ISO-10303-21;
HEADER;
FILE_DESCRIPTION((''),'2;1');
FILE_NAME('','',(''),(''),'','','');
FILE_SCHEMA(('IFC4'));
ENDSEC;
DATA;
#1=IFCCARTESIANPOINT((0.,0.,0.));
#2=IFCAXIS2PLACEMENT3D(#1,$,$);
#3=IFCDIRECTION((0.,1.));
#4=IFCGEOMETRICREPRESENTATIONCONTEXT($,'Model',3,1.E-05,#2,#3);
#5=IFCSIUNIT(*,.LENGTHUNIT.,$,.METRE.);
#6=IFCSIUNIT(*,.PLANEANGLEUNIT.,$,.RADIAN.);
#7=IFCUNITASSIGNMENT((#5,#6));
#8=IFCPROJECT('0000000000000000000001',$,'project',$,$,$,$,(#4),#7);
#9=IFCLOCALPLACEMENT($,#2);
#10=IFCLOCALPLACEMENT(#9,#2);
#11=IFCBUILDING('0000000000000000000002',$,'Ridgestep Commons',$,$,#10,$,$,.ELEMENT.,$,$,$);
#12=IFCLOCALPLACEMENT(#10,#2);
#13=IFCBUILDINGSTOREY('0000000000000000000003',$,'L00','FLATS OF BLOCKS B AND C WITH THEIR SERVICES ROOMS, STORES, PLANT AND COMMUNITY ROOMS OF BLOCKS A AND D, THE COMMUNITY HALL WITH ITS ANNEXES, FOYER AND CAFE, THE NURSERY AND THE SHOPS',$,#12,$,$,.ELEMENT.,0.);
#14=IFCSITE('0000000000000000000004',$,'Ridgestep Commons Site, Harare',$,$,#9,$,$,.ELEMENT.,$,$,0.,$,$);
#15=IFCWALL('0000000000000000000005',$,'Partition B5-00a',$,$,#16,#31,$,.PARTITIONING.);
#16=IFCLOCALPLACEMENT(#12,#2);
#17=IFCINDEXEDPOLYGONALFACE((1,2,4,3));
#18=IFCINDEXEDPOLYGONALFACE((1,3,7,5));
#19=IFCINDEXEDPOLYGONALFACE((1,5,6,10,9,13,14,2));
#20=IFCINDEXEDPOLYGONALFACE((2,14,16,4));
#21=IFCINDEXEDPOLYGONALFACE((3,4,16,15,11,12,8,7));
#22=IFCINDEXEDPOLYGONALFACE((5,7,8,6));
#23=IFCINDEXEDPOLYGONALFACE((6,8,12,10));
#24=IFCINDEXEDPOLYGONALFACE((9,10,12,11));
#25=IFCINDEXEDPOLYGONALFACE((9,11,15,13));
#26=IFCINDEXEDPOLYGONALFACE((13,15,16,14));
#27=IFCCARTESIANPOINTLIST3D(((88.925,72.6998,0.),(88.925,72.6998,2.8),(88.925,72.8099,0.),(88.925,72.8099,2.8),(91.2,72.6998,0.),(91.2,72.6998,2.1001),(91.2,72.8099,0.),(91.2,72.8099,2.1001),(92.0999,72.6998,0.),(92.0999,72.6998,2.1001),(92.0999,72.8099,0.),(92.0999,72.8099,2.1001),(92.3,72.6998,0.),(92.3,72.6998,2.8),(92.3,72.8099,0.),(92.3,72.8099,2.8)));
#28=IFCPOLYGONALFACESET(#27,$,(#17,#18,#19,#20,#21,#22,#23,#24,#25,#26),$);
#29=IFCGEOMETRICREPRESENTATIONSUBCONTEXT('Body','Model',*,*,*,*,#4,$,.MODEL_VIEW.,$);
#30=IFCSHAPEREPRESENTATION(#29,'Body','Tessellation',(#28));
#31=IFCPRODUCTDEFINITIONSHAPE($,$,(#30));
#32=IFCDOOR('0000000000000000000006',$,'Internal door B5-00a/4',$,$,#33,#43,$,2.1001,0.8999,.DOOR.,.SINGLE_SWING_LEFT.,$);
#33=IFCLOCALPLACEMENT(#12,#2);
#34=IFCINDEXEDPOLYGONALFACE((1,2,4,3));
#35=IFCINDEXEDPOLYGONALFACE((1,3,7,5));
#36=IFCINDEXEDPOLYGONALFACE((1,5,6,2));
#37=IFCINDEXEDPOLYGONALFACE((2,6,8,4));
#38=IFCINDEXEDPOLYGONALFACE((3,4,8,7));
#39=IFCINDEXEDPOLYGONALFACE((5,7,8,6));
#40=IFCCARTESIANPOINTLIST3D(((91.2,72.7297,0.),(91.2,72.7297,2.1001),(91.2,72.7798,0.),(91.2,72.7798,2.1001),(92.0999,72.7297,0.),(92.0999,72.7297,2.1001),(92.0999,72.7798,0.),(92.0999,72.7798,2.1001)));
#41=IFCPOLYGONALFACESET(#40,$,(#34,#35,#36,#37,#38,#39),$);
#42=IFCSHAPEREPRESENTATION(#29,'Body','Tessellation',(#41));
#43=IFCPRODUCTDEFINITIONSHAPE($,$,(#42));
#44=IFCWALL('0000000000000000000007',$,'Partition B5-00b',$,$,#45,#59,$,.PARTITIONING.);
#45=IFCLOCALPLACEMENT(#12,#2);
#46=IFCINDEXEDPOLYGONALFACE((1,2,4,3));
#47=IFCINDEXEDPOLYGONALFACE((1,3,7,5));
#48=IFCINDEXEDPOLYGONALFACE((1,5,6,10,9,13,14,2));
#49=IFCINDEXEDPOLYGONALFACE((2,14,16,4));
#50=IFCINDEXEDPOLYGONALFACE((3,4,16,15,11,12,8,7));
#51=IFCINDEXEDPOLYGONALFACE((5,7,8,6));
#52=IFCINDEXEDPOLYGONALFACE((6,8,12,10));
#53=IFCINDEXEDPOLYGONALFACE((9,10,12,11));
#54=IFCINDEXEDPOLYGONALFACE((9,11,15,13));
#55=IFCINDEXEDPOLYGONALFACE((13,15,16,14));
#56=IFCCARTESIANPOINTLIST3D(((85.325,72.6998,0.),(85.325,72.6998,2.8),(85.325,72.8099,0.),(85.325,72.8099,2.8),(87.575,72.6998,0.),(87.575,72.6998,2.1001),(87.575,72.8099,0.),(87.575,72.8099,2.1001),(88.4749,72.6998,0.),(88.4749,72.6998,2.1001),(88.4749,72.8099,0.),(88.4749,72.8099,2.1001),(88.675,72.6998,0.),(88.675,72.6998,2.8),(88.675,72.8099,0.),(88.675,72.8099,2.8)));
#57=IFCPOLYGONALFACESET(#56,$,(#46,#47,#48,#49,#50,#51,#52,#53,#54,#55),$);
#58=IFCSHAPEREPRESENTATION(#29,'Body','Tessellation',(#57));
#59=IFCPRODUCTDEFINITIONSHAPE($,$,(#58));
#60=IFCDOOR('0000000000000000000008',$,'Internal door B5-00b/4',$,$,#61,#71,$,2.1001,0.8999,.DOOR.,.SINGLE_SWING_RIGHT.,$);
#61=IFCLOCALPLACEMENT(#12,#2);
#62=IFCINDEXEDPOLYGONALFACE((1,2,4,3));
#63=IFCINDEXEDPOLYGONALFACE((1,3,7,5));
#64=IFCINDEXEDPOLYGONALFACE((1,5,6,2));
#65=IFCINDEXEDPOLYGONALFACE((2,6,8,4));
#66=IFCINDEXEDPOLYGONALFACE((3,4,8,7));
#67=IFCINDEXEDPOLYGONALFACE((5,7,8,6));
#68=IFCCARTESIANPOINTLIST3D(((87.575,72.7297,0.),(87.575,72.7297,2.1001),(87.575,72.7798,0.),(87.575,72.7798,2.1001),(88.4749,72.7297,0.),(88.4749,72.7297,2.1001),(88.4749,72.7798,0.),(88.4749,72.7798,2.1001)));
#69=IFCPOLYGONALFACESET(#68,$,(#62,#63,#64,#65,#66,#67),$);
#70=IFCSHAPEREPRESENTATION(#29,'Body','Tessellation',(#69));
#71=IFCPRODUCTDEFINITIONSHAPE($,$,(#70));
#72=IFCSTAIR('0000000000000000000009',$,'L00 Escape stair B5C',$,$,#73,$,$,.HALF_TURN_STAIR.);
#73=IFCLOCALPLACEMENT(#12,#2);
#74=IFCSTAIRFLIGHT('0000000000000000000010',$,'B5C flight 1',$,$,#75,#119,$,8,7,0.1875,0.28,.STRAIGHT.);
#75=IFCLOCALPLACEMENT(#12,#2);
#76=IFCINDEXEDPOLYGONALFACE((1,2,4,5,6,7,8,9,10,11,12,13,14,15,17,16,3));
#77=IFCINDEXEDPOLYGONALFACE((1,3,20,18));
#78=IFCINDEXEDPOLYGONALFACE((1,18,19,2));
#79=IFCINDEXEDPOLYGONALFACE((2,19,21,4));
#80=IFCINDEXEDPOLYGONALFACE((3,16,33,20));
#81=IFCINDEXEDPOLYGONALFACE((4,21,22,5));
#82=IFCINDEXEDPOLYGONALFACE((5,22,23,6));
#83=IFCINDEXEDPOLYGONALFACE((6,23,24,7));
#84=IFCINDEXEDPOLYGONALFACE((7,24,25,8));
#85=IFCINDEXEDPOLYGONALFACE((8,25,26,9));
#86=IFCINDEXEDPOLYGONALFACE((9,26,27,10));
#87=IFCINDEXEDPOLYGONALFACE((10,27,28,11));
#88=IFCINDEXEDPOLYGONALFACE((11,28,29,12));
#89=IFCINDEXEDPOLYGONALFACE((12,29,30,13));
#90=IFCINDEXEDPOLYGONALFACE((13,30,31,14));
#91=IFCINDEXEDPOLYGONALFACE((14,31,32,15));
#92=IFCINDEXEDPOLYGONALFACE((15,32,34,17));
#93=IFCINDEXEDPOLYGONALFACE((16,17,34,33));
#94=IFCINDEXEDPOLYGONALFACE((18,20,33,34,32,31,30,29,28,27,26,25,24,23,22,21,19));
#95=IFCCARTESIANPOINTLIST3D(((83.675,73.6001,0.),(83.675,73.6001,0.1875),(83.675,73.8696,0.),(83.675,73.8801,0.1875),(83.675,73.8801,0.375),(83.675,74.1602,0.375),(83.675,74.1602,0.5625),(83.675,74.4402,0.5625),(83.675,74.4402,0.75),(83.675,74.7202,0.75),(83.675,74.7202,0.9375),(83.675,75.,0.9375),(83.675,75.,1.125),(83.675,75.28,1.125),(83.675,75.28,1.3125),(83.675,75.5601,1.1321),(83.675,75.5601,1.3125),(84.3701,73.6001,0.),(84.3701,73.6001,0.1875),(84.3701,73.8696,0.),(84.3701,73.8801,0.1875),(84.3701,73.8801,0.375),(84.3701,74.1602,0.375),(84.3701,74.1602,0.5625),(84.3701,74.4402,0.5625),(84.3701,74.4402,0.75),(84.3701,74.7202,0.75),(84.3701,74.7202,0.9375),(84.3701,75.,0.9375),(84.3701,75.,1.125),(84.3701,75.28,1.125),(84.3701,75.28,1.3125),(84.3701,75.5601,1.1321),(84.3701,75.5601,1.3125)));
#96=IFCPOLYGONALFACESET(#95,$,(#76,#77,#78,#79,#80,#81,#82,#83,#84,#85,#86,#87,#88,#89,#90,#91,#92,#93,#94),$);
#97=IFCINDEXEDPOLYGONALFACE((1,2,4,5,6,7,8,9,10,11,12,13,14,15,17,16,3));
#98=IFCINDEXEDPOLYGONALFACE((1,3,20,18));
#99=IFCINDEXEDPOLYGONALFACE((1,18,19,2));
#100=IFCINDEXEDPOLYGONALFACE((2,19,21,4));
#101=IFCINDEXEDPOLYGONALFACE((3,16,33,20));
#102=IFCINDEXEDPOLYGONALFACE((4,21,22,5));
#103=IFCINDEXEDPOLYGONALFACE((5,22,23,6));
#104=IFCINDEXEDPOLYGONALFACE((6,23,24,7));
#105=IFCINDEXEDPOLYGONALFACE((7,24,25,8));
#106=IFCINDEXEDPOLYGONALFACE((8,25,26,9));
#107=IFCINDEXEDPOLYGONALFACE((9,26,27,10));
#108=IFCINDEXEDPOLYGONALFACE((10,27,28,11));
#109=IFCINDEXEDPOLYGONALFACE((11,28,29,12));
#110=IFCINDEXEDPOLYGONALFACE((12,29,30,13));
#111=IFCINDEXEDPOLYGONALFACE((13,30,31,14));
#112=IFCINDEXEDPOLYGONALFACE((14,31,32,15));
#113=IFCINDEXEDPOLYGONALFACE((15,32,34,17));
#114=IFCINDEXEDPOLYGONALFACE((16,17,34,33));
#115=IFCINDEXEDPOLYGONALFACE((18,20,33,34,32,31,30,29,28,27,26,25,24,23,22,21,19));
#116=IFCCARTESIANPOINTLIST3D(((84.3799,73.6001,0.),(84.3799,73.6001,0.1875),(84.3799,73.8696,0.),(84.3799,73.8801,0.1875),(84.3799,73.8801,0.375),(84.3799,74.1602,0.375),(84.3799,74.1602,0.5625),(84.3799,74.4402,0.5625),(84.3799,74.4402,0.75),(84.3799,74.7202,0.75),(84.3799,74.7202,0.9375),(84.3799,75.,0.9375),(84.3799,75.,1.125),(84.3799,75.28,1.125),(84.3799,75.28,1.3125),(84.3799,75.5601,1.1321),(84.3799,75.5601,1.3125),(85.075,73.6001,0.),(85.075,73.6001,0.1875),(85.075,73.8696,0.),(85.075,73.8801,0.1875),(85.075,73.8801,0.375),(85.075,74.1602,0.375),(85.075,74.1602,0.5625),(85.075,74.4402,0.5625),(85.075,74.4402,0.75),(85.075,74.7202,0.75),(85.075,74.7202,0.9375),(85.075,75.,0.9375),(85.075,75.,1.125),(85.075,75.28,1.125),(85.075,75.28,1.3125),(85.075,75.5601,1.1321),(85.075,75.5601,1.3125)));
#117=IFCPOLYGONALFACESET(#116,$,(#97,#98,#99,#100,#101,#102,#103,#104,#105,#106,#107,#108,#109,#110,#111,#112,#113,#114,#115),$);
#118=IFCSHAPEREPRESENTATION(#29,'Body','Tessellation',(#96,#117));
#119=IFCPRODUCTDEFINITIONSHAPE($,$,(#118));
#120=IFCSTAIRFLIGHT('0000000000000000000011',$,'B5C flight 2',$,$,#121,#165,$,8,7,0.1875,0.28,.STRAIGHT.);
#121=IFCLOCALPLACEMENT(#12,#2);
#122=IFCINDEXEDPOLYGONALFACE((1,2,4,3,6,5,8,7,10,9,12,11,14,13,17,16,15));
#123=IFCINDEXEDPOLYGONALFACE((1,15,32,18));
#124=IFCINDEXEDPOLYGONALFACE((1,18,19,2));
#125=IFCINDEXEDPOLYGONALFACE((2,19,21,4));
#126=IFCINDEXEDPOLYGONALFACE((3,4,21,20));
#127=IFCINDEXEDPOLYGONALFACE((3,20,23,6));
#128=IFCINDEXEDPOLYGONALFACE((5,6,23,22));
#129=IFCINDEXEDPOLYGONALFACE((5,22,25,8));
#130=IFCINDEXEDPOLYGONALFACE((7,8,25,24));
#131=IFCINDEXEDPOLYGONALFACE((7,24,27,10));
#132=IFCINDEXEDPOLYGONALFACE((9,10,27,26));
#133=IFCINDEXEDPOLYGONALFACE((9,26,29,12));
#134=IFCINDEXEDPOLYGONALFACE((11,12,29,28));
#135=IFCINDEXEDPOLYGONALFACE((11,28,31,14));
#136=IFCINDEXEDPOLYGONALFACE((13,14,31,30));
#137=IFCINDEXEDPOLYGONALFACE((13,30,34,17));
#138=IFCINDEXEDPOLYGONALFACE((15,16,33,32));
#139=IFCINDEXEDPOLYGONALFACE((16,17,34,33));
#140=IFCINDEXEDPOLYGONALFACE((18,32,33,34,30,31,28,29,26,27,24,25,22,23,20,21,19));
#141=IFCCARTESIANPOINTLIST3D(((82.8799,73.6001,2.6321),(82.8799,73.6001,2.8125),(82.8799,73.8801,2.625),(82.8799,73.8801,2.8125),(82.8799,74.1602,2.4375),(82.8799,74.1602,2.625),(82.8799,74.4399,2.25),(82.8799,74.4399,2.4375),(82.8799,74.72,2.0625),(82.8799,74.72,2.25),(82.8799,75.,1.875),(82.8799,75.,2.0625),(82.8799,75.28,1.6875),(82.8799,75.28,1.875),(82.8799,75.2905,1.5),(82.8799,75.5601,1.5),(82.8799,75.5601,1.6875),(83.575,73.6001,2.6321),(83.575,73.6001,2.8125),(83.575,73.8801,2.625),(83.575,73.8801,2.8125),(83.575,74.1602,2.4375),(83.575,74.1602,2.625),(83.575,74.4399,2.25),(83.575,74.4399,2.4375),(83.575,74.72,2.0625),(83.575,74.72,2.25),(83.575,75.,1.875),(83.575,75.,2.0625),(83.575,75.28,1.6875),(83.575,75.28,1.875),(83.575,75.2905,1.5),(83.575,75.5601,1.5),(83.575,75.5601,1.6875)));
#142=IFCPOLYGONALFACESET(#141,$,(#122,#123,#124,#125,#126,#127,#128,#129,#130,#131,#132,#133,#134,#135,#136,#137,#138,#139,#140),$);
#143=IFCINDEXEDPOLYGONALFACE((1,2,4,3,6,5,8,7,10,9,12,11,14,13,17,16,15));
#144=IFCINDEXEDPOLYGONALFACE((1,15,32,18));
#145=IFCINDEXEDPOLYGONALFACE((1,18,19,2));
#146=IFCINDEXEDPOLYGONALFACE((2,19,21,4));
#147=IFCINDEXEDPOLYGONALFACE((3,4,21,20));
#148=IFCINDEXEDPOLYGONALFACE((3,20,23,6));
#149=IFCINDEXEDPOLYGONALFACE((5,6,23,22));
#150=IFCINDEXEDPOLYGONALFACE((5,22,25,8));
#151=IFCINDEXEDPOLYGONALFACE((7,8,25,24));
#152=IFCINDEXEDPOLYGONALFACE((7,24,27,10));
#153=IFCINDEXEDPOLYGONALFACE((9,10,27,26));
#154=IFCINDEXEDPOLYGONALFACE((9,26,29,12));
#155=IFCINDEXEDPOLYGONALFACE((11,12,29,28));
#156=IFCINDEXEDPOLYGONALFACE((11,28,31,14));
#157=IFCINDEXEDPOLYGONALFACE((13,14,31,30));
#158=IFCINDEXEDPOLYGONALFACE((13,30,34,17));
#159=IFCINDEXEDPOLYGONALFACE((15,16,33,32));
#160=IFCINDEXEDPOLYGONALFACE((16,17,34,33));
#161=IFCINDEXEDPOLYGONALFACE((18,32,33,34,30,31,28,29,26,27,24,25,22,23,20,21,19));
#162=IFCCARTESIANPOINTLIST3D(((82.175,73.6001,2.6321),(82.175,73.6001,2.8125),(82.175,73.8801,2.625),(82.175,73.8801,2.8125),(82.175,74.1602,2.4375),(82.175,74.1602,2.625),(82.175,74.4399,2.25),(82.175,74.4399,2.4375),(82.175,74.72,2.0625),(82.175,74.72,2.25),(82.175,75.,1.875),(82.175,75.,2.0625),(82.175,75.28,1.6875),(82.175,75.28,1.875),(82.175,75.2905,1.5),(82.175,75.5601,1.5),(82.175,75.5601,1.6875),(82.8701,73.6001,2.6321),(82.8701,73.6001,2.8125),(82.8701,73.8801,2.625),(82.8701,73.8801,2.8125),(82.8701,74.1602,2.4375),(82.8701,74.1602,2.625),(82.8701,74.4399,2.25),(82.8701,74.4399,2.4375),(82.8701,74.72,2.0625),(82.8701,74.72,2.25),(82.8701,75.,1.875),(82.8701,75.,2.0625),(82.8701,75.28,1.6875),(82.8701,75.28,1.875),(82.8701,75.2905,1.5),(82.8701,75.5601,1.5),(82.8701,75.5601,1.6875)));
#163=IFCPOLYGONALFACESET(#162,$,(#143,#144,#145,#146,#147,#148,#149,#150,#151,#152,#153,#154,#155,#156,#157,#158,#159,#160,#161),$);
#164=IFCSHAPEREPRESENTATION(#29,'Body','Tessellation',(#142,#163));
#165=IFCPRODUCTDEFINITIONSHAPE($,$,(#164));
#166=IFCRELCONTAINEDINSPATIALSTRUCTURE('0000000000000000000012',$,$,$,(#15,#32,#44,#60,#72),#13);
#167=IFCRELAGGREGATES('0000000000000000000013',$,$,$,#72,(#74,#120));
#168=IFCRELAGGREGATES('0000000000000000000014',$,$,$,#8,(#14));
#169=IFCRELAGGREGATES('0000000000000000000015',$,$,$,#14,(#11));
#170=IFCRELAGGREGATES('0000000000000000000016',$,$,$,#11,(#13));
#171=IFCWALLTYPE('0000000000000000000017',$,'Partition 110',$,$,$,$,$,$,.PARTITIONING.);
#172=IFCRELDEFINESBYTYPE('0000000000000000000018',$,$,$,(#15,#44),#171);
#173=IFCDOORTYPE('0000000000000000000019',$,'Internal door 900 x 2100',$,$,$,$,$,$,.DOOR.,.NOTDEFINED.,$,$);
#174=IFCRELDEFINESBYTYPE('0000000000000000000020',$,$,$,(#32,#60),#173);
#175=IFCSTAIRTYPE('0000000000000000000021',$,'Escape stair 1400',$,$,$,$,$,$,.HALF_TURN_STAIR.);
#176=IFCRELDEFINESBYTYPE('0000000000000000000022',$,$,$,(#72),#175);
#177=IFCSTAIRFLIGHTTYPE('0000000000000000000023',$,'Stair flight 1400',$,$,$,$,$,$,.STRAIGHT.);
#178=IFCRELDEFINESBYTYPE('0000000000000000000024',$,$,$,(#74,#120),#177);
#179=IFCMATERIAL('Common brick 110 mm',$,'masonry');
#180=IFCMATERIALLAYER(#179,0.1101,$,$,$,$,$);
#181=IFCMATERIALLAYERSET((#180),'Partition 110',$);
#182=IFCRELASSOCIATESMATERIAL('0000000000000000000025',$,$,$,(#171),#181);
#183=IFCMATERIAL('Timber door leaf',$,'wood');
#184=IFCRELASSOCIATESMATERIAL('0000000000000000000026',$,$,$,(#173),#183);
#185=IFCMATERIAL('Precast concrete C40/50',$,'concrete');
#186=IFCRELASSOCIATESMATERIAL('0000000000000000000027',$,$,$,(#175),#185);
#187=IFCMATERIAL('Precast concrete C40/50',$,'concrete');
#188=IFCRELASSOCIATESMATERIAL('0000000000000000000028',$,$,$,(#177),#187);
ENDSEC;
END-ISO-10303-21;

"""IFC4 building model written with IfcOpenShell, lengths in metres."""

from ifc_helpers import new_model, si_unit, direction, frame, frame_2d, origin, place, context, subcontext, project, spatial, polyline, rectangle, outline, extrude, material, layer, layer_set, type_object, element, fill, aggregate, save


model = new_model("IFC4")

# Units and contexts
model_context = context("Model", 3, precision=1e-05, world=origin(), true_north=direction((0.0, 1.0)))
body_context = subcontext(model_context, "Body", "Model", "MODEL_VIEW")
ifc_project = project(units=[si_unit("LENGTHUNIT", "METRE"), si_unit("PLANEANGLEUNIT", "RADIAN")], contexts=[model_context])

# Site, building, storey
site_placement = place(None, origin())
site = spatial("IfcSite", under=ifc_project, at=site_placement, Name="Ridgestep Commons Site, Harare", CompositionType="ELEMENT", RefElevation=0.0)
building_placement = place(site_placement, origin())
building = spatial("IfcBuilding", under=site, at=building_placement, Name="Ridgestep Commons", CompositionType="ELEMENT")
storey_placement = place(building_placement, origin())
storey = spatial("IfcBuildingStorey", under=building, at=storey_placement, Name="L00", Description="FLATS OF BLOCKS B AND C WITH THEIR SERVICES ROOMS, STORES, PLANT AND COMMUNITY ROOMS OF BLOCKS A AND D, THE COMMUNITY HALL WITH ITS ANNEXES, FOYER AND CAFE, THE NURSERY AND THE SHOPS", CompositionType="ELEMENT", Elevation=0.0)

# Walls, openings, doors
ifc_material_1 = material(Name="Common brick 110 mm", Category="masonry")
ifc_layer_1 = layer(ifc_material_1, 0.1101)
ifc_layer_set_1 = layer_set([ifc_layer_1], Name="Partition 110")
wall_type_1 = type_object("IfcWallType", Name="Partition 110", PredefinedType="PARTITIONING", material=ifc_layer_set_1)
wall_1_placement = place(storey_placement, frame((88.925, 72.7549, 0.0), z_axis=(0.0, 0.0, 1.0), x_axis=(1.0, 0.0, 0.0)))
wall_1 = element("IfcWall", 1, at=wall_1_placement, inside=storey, type_object=wall_type_1, Name="Partition B5-00a", PredefinedType="PARTITIONING", context=body_context, shape_type="SweptSolid", body=[
    extrude(rectangle(XDim=3.375, YDim=0.1101, at=frame_2d((1.6875, 0.0))), origin(), (0.0, 0.0, 1.0), 2.8),
])
opening_1_placement = place(wall_1_placement, frame((2.2749, 0.0, 0.0)))
opening_1 = element("IfcOpeningElement", 2, at=opening_1_placement, cuts=wall_1, PredefinedType="OPENING", context=body_context, shape_type="SweptSolid", body=[
    extrude(rectangle(XDim=0.8999, YDim=2.1001, at=frame_2d((0.45, 1.05))), frame((0.0, 0.0649, 0.0), z_axis=(0.0, -1.0, 0.0), x_axis=(1.0, 0.0, 0.0)), (0.0, 0.0, 1.0), 0.1301),
])
ifc_material_2 = material(Name="Timber door leaf", Category="wood")
door_type = type_object("IfcDoorType", Name="Internal door 900 x 2100", OperationType="NOTDEFINED", PredefinedType="DOOR", material=ifc_material_2)
door_1_placement = place(opening_1_placement, origin())
door_1 = element("IfcDoor", 3, at=door_1_placement, inside=storey, type_object=door_type, Name="Internal door B5-00a/4", OperationType="SINGLE_SWING_LEFT", OverallHeight=2.1001, OverallWidth=0.8999, PredefinedType="DOOR", context=body_context, shape_type="SweptSolid", body=[
    extrude(rectangle(XDim=0.8999, YDim=2.1001, at=frame_2d((0.45, 1.05))), frame((0.0, 0.0249, 0.0), z_axis=(0.0, -1.0, 0.0), x_axis=(1.0, 0.0, 0.0)), (0.0, 0.0, 1.0), 0.05),
])
fill(opening_1, door_1)
wall_2_placement = place(storey_placement, frame((85.325, 72.7549, 0.0), z_axis=(0.0, 0.0, 1.0), x_axis=(1.0, 0.0, 0.0)))
wall_2 = element("IfcWall", 4, at=wall_2_placement, inside=storey, type_object=wall_type_1, Name="Partition B5-00b", PredefinedType="PARTITIONING", context=body_context, shape_type="SweptSolid", body=[
    extrude(rectangle(XDim=3.3501, YDim=0.1101, at=frame_2d((1.675, 0.0))), origin(), (0.0, 0.0, 1.0), 2.8),
])
opening_2_placement = place(wall_2_placement, frame((2.25, 0.0, 0.0)))
opening_2 = element("IfcOpeningElement", 5, at=opening_2_placement, cuts=wall_2, PredefinedType="OPENING", context=body_context, shape_type="SweptSolid", body=[
    extrude(rectangle(XDim=0.8999, YDim=2.1001, at=frame_2d((0.45, 1.05))), frame((0.0, 0.0649, 0.0), z_axis=(0.0, -1.0, 0.0), x_axis=(1.0, 0.0, 0.0)), (0.0, 0.0, 1.0), 0.1301),
])
door_2_placement = place(opening_2_placement, origin())
door_2 = element("IfcDoor", 6, at=door_2_placement, inside=storey, type_object=door_type, Name="Internal door B5-00b/4", OperationType="SINGLE_SWING_RIGHT", OverallHeight=2.1001, OverallWidth=0.8999, PredefinedType="DOOR", context=body_context, shape_type="SweptSolid", body=[
    extrude(rectangle(XDim=0.8999, YDim=2.1001, at=frame_2d((0.45, 1.05))), frame((0.0, 0.0249, 0.0), z_axis=(0.0, -1.0, 0.0), x_axis=(1.0, 0.0, 0.0)), (0.0, 0.0, 1.0), 0.05),
])
fill(opening_2, door_2)

# Stair, stair flights
ifc_material_3 = material(Name="Precast concrete C40/50", Category="concrete")
stair_type = type_object("IfcStairType", Name="Escape stair 1400", PredefinedType="HALF_TURN_STAIR", material=ifc_material_3)
stair_placement = place(storey_placement, origin())
stair = element("IfcStair", 7, at=stair_placement, inside=storey, type_object=stair_type, Name="L00 Escape stair B5C", PredefinedType="HALF_TURN_STAIR")
ifc_material_4 = material(Name="Precast concrete C40/50", Category="concrete")
stair_flight_type = type_object("IfcStairFlightType", Name="Stair flight 1400", PredefinedType="STRAIGHT", material=ifc_material_4)
stair_flight_1_placement = place(storey_placement, frame((84.375, 73.6001, 0.0), z_axis=(0.0, 0.0, 1.0), x_axis=(0.0, 1.0, 0.0)))
stair_flight_1 = element("IfcStairFlight", 8, at=stair_flight_1_placement, type_object=stair_flight_type, Name="B5C flight 1", NumberOfRisers=8, NumberOfTreads=7, PredefinedType="STRAIGHT", RiserHeight=0.1875, TreadLength=0.28, context=body_context, shape_type="SweptSolid", body=[
    extrude(outline(polyline([(0.0, 0.0), (0.0, 0.1875), (0.28, 0.1875), (0.28, 0.375), (0.5601, 0.375), (0.5601, 0.5625), (0.8401, 0.5625), (0.8401, 0.75), (1.1201, 0.75), (1.1201, 0.9375), (1.3999, 0.9375), (1.3999, 1.125), (1.6799, 1.125), (1.6799, 1.3125), (1.96, 1.3125), (1.96, 1.5), (1.96, 1.1321), (0.2695, 0.0), (0.0, 0.0)])), frame((0.0, 0.7, 0.0), z_axis=(0.0, -1.0, 0.0), x_axis=(1.0, 0.0, 0.0)), (0.0, 0.0, 1.0), 0.6951),
    extrude(outline(polyline([(0.0, 0.0), (0.0, 0.1875), (0.28, 0.1875), (0.28, 0.375), (0.5601, 0.375), (0.5601, 0.5625), (0.8401, 0.5625), (0.8401, 0.75), (1.1201, 0.75), (1.1201, 0.9375), (1.3999, 0.9375), (1.3999, 1.125), (1.6799, 1.125), (1.6799, 1.3125), (1.96, 1.3125), (1.96, 1.5), (1.96, 1.1321), (0.2695, 0.0), (0.0, 0.0)])), frame((0.0, -0.0049, 0.0), z_axis=(0.0, -1.0, 0.0), x_axis=(1.0, 0.0, 0.0)), (0.0, 0.0, 1.0), 0.6951),
])
stair_flight_2_placement = place(storey_placement, frame((82.875, 75.5601, 1.5), z_axis=(0.0, 0.0, 1.0), x_axis=(0.0, -1.0, 0.0)))
stair_flight_2 = element("IfcStairFlight", 9, at=stair_flight_2_placement, type_object=stair_flight_type, Name="B5C flight 2", NumberOfRisers=8, NumberOfTreads=7, PredefinedType="STRAIGHT", RiserHeight=0.1875, TreadLength=0.28, context=body_context, shape_type="SweptSolid", body=[
    extrude(outline(polyline([(0.0, 0.0), (0.0, 0.1875), (0.28, 0.1875), (0.28, 0.375), (0.5601, 0.375), (0.5601, 0.5625), (0.8401, 0.5625), (0.8401, 0.75), (1.1201, 0.75), (1.1201, 0.9375), (1.3999, 0.9375), (1.3999, 1.125), (1.6799, 1.125), (1.6799, 1.3125), (1.96, 1.3125), (1.96, 1.5), (1.96, 1.1321), (0.2695, 0.0), (0.0, 0.0)])), frame((0.0, 0.7, 0.0), z_axis=(0.0, -1.0, 0.0), x_axis=(1.0, 0.0, 0.0)), (0.0, 0.0, 1.0), 0.6951),
    extrude(outline(polyline([(0.0, 0.0), (0.0, 0.1875), (0.28, 0.1875), (0.28, 0.375), (0.5601, 0.375), (0.5601, 0.5625), (0.8401, 0.5625), (0.8401, 0.75), (1.1201, 0.75), (1.1201, 0.9375), (1.3999, 0.9375), (1.3999, 1.125), (1.6799, 1.125), (1.6799, 1.3125), (1.96, 1.3125), (1.96, 1.5), (1.96, 1.1321), (0.2695, 0.0), (0.0, 0.0)])), frame((0.0, -0.0049, 0.0), z_axis=(0.0, -1.0, 0.0), x_axis=(1.0, 0.0, 0.0)), (0.0, 0.0, 1.0), 0.6951),
])
aggregate(stair, [stair_flight_1, stair_flight_2])

save(model, "model.ifc")
